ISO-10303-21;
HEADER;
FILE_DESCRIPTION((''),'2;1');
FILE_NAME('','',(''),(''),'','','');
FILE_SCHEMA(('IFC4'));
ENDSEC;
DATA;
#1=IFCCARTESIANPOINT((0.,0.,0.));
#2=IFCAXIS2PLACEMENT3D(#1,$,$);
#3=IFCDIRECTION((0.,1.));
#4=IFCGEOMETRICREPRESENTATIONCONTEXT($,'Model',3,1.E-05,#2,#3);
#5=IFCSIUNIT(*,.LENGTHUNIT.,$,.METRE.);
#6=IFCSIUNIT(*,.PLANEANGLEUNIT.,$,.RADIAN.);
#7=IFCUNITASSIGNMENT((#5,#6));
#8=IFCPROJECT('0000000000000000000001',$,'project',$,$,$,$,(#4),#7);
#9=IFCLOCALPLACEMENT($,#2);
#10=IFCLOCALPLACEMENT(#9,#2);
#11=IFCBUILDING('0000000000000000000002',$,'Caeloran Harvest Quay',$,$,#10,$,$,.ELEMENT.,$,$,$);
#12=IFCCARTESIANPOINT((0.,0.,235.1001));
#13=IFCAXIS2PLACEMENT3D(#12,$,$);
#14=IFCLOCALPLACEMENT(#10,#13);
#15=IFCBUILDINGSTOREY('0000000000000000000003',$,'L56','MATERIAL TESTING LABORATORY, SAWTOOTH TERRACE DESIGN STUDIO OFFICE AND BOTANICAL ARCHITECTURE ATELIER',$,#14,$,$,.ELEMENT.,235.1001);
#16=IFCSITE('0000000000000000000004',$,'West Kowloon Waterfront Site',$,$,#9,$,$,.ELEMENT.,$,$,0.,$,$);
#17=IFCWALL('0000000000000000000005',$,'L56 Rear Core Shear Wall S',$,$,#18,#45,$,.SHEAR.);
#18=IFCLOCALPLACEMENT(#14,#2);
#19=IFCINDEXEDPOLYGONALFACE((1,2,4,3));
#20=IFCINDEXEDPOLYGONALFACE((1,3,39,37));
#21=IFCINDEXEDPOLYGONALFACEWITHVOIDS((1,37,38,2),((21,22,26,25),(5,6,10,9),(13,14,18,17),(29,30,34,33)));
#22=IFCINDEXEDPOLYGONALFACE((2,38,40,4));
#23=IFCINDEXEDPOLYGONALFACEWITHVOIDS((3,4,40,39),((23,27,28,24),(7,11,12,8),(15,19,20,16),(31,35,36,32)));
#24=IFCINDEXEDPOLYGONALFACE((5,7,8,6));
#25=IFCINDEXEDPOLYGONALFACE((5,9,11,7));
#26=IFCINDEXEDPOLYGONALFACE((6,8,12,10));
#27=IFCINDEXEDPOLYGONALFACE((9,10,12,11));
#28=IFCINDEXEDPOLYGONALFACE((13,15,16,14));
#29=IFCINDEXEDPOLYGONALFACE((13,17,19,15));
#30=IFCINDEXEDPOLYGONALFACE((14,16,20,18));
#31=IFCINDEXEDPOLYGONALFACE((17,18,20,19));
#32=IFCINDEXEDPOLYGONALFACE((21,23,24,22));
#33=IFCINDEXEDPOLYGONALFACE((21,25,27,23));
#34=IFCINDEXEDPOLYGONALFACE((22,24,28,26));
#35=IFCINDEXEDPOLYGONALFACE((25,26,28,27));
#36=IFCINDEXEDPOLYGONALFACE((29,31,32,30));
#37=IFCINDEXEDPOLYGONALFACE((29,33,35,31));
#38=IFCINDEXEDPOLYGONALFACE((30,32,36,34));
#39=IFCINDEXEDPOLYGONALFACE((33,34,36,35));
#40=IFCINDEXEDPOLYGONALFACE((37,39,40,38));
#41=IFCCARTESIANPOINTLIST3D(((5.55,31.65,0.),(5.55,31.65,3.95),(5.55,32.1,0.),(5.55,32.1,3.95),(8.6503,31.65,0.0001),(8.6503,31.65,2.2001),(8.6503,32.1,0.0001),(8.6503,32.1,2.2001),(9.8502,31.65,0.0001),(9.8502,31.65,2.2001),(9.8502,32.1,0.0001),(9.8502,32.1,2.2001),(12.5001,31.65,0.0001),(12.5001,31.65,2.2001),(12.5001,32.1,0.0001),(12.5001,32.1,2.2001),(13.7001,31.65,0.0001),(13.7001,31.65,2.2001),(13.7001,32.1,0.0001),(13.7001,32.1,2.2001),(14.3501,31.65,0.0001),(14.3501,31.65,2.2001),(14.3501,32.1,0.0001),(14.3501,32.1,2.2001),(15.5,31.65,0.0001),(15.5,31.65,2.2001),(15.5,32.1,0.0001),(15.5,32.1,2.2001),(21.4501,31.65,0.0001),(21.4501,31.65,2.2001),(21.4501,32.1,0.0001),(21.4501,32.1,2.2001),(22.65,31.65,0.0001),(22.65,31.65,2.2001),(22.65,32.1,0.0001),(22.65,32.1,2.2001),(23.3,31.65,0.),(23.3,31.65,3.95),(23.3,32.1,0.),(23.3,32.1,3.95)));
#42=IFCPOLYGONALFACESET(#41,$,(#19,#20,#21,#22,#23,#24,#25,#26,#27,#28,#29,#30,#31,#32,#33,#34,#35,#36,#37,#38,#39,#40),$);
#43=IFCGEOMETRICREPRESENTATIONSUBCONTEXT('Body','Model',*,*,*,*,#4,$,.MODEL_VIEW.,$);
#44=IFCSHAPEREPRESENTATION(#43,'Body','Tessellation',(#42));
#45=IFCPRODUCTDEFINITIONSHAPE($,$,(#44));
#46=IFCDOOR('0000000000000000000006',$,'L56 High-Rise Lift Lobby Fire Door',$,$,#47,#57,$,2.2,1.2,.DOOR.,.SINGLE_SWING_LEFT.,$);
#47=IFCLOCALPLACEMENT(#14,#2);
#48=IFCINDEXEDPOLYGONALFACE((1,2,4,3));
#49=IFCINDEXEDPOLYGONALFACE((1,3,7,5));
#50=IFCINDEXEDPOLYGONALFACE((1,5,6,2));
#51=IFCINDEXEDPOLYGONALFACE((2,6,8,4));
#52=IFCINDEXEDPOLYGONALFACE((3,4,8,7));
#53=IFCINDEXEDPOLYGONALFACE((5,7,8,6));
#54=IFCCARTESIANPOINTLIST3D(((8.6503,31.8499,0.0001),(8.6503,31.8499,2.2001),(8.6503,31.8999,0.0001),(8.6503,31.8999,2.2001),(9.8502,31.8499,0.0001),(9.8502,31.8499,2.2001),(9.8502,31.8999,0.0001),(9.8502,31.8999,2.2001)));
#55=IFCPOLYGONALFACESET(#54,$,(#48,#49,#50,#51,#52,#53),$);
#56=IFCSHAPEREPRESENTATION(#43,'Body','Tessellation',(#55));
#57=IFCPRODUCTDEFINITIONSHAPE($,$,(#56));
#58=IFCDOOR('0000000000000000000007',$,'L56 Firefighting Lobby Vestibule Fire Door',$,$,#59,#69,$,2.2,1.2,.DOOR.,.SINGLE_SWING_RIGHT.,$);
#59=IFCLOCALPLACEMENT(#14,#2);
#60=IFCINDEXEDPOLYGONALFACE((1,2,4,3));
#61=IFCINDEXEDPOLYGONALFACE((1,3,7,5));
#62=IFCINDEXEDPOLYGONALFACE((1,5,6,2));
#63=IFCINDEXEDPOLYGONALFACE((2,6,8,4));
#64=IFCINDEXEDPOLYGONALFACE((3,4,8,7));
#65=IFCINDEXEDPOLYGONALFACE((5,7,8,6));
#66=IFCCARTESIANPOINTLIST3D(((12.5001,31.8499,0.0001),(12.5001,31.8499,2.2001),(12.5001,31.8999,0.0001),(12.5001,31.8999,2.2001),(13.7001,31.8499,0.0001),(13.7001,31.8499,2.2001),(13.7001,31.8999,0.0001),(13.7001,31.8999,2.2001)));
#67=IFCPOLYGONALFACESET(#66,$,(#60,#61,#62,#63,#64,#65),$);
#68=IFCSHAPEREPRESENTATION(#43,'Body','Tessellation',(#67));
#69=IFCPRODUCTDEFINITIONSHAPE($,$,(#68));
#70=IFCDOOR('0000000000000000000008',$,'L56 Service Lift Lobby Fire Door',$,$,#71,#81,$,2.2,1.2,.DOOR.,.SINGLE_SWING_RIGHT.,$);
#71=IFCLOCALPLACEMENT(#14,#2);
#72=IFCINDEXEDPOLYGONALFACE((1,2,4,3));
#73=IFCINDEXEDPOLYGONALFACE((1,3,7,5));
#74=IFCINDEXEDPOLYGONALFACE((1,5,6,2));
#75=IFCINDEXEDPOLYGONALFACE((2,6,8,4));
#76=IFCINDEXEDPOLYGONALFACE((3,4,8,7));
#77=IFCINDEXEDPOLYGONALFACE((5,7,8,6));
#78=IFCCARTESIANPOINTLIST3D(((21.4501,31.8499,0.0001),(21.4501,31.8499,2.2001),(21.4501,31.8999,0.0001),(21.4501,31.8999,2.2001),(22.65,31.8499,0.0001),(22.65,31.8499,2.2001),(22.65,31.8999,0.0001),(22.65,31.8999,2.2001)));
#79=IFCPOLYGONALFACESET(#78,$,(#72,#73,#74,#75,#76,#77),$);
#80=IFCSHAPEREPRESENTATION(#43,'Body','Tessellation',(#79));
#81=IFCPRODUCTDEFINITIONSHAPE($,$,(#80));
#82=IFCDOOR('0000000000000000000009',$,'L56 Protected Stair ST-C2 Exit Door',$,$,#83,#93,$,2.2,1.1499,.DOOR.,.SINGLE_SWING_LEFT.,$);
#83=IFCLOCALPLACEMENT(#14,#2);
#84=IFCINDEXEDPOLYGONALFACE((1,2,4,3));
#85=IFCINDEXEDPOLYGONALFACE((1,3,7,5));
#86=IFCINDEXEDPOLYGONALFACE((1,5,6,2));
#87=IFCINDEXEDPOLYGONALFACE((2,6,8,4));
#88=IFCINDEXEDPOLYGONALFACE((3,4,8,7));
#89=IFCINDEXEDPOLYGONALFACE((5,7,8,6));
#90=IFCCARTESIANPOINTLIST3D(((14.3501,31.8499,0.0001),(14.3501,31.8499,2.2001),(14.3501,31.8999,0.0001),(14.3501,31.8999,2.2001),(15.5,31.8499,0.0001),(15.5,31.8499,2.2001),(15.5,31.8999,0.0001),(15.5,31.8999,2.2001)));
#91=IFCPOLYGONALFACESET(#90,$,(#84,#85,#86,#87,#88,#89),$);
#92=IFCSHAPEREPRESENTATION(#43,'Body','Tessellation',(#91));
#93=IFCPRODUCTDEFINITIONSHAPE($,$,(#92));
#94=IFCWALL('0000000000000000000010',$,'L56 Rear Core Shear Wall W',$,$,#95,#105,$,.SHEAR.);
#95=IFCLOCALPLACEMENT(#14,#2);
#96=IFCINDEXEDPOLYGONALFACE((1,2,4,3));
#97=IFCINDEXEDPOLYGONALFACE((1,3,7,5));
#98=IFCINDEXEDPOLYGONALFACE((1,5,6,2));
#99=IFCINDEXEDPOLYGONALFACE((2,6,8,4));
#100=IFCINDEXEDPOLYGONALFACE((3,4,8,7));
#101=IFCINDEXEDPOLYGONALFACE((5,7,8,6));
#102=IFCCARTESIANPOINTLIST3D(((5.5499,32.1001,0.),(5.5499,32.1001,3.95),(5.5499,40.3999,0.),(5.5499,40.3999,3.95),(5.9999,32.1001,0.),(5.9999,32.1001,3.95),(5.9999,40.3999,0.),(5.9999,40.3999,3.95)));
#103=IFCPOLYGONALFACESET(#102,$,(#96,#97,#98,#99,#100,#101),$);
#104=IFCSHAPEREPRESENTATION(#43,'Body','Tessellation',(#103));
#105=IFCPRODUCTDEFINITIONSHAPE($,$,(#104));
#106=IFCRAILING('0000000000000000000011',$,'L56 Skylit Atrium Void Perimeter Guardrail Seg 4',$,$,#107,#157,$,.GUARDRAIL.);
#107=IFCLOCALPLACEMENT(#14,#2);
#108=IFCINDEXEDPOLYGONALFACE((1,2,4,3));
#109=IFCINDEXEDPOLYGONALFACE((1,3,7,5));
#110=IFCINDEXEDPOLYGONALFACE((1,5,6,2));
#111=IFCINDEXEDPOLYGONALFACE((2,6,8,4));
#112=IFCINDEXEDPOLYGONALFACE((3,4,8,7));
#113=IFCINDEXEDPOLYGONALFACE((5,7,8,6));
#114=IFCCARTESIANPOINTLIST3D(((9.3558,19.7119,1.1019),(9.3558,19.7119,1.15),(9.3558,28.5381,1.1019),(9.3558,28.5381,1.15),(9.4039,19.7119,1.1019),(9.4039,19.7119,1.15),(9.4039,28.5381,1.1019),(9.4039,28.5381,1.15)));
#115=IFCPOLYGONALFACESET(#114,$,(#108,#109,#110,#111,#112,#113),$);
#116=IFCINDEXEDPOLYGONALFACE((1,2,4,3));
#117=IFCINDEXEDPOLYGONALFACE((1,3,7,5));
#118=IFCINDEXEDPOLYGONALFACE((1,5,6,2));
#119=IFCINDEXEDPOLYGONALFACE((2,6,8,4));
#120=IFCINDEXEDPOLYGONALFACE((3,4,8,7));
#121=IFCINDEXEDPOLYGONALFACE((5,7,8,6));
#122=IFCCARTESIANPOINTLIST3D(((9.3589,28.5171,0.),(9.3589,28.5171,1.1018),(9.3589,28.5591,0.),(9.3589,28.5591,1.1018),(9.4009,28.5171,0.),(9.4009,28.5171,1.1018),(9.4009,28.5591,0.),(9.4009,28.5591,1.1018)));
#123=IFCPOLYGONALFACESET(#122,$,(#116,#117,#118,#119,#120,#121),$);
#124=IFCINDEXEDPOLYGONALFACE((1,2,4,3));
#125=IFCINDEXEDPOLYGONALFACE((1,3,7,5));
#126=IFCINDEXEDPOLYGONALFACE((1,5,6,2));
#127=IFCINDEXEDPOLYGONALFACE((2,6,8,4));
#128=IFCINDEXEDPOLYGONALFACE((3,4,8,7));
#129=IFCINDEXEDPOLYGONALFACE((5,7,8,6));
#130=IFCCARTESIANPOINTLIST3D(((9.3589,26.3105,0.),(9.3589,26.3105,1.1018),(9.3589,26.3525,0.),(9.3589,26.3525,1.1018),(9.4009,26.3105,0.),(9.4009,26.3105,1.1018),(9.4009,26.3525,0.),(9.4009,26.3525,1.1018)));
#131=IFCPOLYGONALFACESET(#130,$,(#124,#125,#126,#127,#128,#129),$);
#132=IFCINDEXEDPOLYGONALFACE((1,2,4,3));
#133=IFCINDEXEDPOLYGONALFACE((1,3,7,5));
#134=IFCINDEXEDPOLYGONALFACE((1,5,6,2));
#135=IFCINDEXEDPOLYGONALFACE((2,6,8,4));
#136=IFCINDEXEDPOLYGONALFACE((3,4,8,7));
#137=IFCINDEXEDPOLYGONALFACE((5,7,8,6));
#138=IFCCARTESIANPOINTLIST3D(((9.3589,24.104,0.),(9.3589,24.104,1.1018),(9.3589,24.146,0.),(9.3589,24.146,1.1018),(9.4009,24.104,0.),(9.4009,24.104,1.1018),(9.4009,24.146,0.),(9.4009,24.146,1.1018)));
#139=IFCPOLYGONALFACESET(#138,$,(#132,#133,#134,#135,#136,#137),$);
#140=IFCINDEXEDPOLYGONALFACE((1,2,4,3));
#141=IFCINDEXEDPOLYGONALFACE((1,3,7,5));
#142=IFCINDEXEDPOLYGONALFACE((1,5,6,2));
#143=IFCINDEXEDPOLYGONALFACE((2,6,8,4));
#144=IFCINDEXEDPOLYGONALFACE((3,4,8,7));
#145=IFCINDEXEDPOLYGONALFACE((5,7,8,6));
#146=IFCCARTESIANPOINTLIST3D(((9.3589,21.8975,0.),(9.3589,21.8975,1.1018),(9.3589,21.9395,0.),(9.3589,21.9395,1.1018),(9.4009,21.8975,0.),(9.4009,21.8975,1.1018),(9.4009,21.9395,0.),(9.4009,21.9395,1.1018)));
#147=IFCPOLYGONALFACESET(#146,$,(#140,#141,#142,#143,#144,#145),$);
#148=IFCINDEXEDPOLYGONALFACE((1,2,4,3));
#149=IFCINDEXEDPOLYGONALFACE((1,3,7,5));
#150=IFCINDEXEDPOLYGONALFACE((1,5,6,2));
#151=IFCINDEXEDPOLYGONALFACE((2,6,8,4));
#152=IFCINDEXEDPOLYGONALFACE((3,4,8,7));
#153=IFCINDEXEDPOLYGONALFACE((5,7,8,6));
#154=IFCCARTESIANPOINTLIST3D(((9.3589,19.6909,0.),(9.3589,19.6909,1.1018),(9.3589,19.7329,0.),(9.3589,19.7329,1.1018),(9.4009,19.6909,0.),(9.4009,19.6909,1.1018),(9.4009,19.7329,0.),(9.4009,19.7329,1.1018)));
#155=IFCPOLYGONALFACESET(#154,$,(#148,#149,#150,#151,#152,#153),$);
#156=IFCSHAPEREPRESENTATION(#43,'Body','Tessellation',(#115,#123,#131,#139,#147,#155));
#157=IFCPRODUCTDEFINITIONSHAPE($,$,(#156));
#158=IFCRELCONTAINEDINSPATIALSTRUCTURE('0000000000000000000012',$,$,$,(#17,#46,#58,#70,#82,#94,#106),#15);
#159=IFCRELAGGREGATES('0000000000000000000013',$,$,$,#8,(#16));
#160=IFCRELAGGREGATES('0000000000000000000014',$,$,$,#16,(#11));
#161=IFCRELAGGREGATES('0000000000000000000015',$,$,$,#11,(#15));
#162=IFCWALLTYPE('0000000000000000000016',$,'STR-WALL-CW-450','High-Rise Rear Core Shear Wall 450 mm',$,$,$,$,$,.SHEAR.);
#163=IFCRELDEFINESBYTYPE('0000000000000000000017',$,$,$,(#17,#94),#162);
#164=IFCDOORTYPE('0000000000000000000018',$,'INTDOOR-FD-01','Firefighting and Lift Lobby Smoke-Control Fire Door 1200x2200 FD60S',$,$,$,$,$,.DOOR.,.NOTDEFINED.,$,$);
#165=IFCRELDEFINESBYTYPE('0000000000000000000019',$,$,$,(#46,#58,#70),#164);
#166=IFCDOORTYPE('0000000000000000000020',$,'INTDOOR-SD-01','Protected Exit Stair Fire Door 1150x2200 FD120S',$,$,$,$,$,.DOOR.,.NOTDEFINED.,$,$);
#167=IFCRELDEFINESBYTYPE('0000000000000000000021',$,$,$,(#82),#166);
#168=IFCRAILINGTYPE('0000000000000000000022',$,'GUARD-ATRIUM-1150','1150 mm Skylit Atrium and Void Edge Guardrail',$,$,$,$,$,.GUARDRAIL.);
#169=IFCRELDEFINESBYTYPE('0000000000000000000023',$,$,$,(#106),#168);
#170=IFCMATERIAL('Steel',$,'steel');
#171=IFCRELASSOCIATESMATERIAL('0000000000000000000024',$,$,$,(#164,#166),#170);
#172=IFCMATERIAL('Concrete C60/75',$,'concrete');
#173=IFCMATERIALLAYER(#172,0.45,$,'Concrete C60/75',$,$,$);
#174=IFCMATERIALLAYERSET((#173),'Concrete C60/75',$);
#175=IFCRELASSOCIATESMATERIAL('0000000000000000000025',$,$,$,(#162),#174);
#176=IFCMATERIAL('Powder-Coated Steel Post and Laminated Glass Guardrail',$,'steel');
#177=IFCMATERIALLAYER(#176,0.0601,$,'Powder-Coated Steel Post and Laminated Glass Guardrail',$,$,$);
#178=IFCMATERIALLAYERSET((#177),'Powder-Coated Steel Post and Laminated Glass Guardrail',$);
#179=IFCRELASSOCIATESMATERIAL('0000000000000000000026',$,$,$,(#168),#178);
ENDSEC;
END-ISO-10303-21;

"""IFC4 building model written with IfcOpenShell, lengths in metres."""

from ifc_helpers import new_model, si_unit, direction, frame, frame_2d, origin, origin_2d, place, context, subcontext, project, spatial, rectangle, extrude, material, layer, layer_set, type_object, element, fill, save


model = new_model("IFC4")

# Units and contexts
model_context = context("Model", 3, precision=1e-05, world=origin(), true_north=direction((0.0, 1.0)))
body_context = subcontext(model_context, "Body", "Model", "MODEL_VIEW")
ifc_project = project(units=[si_unit("LENGTHUNIT", "METRE"), si_unit("PLANEANGLEUNIT", "RADIAN")], contexts=[model_context])

# Site, building, storey
site_placement = place(None, origin())
site = spatial("IfcSite", under=ifc_project, at=site_placement, Name="West Kowloon Waterfront Site", CompositionType="ELEMENT", RefElevation=0.0)
building_placement = place(site_placement, origin())
building = spatial("IfcBuilding", under=site, at=building_placement, Name="Caeloran Harvest Quay", CompositionType="ELEMENT")
storey_placement = place(building_placement, frame((0.0, 0.0, 235.1001)))
storey = spatial("IfcBuildingStorey", under=building, at=storey_placement, Name="L56", Description="MATERIAL TESTING LABORATORY, SAWTOOTH TERRACE DESIGN STUDIO OFFICE AND BOTANICAL ARCHITECTURE ATELIER", CompositionType="ELEMENT", Elevation=235.1001)

# Shared definitions
ifc_material_1 = material(Name="Concrete C60/75", Category="concrete")

# Shared definitions
ifc_material_2 = material(Name="Steel", Category="steel")
door_type_1 = type_object("IfcDoorType", Name="INTDOOR-FD-01", Description="Firefighting and Lift Lobby Smoke-Control Fire Door 1200x2200 FD60S", OperationType="NOTDEFINED", PredefinedType="DOOR", material=ifc_material_2)

# Wall, openings, doors
ifc_layer_1 = layer(ifc_material_1, 0.45, Name="Concrete C60/75")
ifc_layer_set_1 = layer_set([ifc_layer_1], Name="Concrete C60/75")
wall_type_1 = type_object("IfcWallType", Name="STR-WALL-CW-450", Description="High-Rise Rear Core Shear Wall 450 mm", PredefinedType="SHEAR", material=ifc_layer_set_1)
wall_1_placement = place(storey_placement, frame((5.55, 31.875, 0.0), z_axis=(0.0, 0.0, 1.0), x_axis=(1.0, 0.0, 0.0)))
wall_1 = element("IfcWall", 1, at=wall_1_placement, inside=storey, type_object=wall_type_1, Name="L56 Rear Core Shear Wall S", PredefinedType="SHEAR", context=body_context, shape_type="SweptSolid", body=[
    extrude(rectangle(XDim=17.75, YDim=0.45, at=frame_2d((8.875, 0.0))), origin(), (0.0, 0.0, 1.0), 3.95),
])
opening_1_placement = place(wall_1_placement, frame((3.1001, 0.0, 0.0)))
opening_1 = element("IfcOpeningElement", 2, at=opening_1_placement, cuts=wall_1, PredefinedType="OPENING", context=body_context, shape_type="SweptSolid", body=[
    extrude(rectangle(XDim=1.2, YDim=2.2, at=frame_2d((0.6001, 1.1001))), frame((0.0, 0.2349, 0.0), z_axis=(0.0, -1.0, 0.0), x_axis=(1.0, 0.0, 0.0)), (0.0, 0.0, 1.0), 0.47),
])
opening_2_placement = place(wall_1_placement, frame((6.95, 0.0, 0.0)))
opening_2 = element("IfcOpeningElement", 3, at=opening_2_placement, cuts=wall_1, PredefinedType="OPENING", context=body_context, shape_type="SweptSolid", body=[
    extrude(rectangle(XDim=1.2, YDim=2.2, at=frame_2d((0.6001, 1.1001))), frame((0.0, 0.2349, 0.0), z_axis=(0.0, -1.0, 0.0), x_axis=(1.0, 0.0, 0.0)), (0.0, 0.0, 1.0), 0.47),
])
opening_3_placement = place(wall_1_placement, frame((8.8, 0.0, 0.0)))
opening_3 = element("IfcOpeningElement", 4, at=opening_3_placement, cuts=wall_1, PredefinedType="OPENING", context=body_context, shape_type="SweptSolid", body=[
    extrude(rectangle(XDim=1.1499, YDim=2.2, at=frame_2d((0.575, 1.1001))), frame((0.0, 0.2349, 0.0), z_axis=(0.0, -1.0, 0.0), x_axis=(1.0, 0.0, 0.0)), (0.0, 0.0, 1.0), 0.47),
])
opening_4_placement = place(wall_1_placement, frame((15.8999, 0.0, 0.0)))
opening_4 = element("IfcOpeningElement", 5, at=opening_4_placement, cuts=wall_1, PredefinedType="OPENING", context=body_context, shape_type="SweptSolid", body=[
    extrude(rectangle(XDim=1.2, YDim=2.2, at=frame_2d((0.6001, 1.1001))), frame((0.0, 0.2349, 0.0), z_axis=(0.0, -1.0, 0.0), x_axis=(1.0, 0.0, 0.0)), (0.0, 0.0, 1.0), 0.47),
])
door_1_placement = place(opening_1_placement, origin())
door_1 = element("IfcDoor", 6, at=door_1_placement, inside=storey, type_object=door_type_1, Name="L56 High-Rise Lift Lobby Fire Door", OperationType="SINGLE_SWING_LEFT", OverallHeight=2.2, OverallWidth=1.2, PredefinedType="DOOR", context=body_context, shape_type="SweptSolid", body=[
    extrude(rectangle(XDim=1.2, YDim=2.2, at=frame_2d((0.6001, 1.1001))), frame((0.0, 0.0249, 0.0), z_axis=(0.0, -1.0, 0.0), x_axis=(1.0, 0.0, 0.0)), (0.0, 0.0, 1.0), 0.05),
])
fill(opening_1, door_1)
door_2_placement = place(opening_2_placement, origin())
door_2 = element("IfcDoor", 7, at=door_2_placement, inside=storey, type_object=door_type_1, Name="L56 Firefighting Lobby Vestibule Fire Door", OperationType="SINGLE_SWING_RIGHT", OverallHeight=2.2, OverallWidth=1.2, PredefinedType="DOOR", context=body_context, shape_type="SweptSolid", body=[
    extrude(rectangle(XDim=1.2, YDim=2.2, at=frame_2d((0.6001, 1.1001))), frame((0.0, 0.0249, 0.0), z_axis=(0.0, -1.0, 0.0), x_axis=(1.0, 0.0, 0.0)), (0.0, 0.0, 1.0), 0.05),
])
fill(opening_2, door_2)
door_3_placement = place(opening_4_placement, origin())
door_3 = element("IfcDoor", 8, at=door_3_placement, inside=storey, type_object=door_type_1, Name="L56 Service Lift Lobby Fire Door", OperationType="SINGLE_SWING_RIGHT", OverallHeight=2.2, OverallWidth=1.2, PredefinedType="DOOR", context=body_context, shape_type="SweptSolid", body=[
    extrude(rectangle(XDim=1.2, YDim=2.2, at=frame_2d((0.6001, 1.1001))), frame((0.0, 0.0249, 0.0), z_axis=(0.0, -1.0, 0.0), x_axis=(1.0, 0.0, 0.0)), (0.0, 0.0, 1.0), 0.05),
])
fill(opening_4, door_3)
door_type_2 = type_object("IfcDoorType", Name="INTDOOR-SD-01", Description="Protected Exit Stair Fire Door 1150x2200 FD120S", OperationType="NOTDEFINED", PredefinedType="DOOR", material=ifc_material_2)
door_4_placement = place(opening_3_placement, origin())
door_4 = element("IfcDoor", 9, at=door_4_placement, inside=storey, type_object=door_type_2, Name="L56 Protected Stair ST-C2 Exit Door", OperationType="SINGLE_SWING_LEFT", OverallHeight=2.2, OverallWidth=1.1499, PredefinedType="DOOR", context=body_context, shape_type="SweptSolid", body=[
    extrude(rectangle(XDim=1.1499, YDim=2.2, at=frame_2d((0.575, 1.1001))), frame((0.0, 0.0249, 0.0), z_axis=(0.0, -1.0, 0.0), x_axis=(1.0, 0.0, 0.0)), (0.0, 0.0, 1.0), 0.05),
])
fill(opening_3, door_4)

# Wall
wall_2_placement = place(storey_placement, frame((5.7749, 32.1001, 0.0), z_axis=(0.0, 0.0, 1.0), x_axis=(0.0, 1.0, 0.0)))
element("IfcWall", 10, at=wall_2_placement, inside=storey, type_object=wall_type_1, Name="L56 Rear Core Shear Wall W", PredefinedType="SHEAR", context=body_context, shape_type="SweptSolid", body=[
    extrude(rectangle(XDim=8.2998, YDim=0.45, at=frame_2d((4.1499, 0.0))), origin(), (0.0, 0.0, 1.0), 3.95),
])

# Railing
ifc_material_3 = material(Name="Powder-Coated Steel Post and Laminated Glass Guardrail", Category="steel")
ifc_layer_2 = layer(ifc_material_3, 0.0601, Name="Powder-Coated Steel Post and Laminated Glass Guardrail")
ifc_layer_set_2 = layer_set([ifc_layer_2], Name="Powder-Coated Steel Post and Laminated Glass Guardrail")
railing_type = type_object("IfcRailingType", Name="GUARD-ATRIUM-1150", Description="1150 mm Skylit Atrium and Void Edge Guardrail", PredefinedType="GUARDRAIL", material=ifc_layer_set_2)
railing_placement = place(storey_placement, frame((9.3799, 28.5381, 0.0)))
element("IfcRailing", 11, at=railing_placement, inside=storey, type_object=railing_type, Name="L56 Skylit Atrium Void Perimeter Guardrail Seg 4", PredefinedType="GUARDRAIL", context=body_context, shape_type="SweptSolid", body=[
    extrude(rectangle(XDim=0.0481, YDim=0.0481, at=origin_2d()), frame((0.0, 0.0, 1.126), z_axis=(0.0, -1.0, 0.0), x_axis=(1.0, 0.0, 0.0)), (0.0, 0.0, 1.0), 8.8262),
    extrude(rectangle(XDim=0.042, YDim=0.042, at=origin_2d()), origin(), (0.0, 0.0, 1.0), 1.1018),
    extrude(rectangle(XDim=0.042, YDim=0.042, at=origin_2d()), frame((0.0, -2.2065, 0.0)), (0.0, 0.0, 1.0), 1.1018),
    extrude(rectangle(XDim=0.042, YDim=0.042, at=origin_2d()), frame((0.0, -4.4131, 0.0)), (0.0, 0.0, 1.0), 1.1018),
    extrude(rectangle(XDim=0.042, YDim=0.042, at=origin_2d()), frame((0.0, -6.6196, 0.0)), (0.0, 0.0, 1.0), 1.1018),
    extrude(rectangle(XDim=0.042, YDim=0.042, at=origin_2d()), frame((0.0, -8.8262, 0.0)), (0.0, 0.0, 1.0), 1.1018),
])

save(model, "model.ifc")
